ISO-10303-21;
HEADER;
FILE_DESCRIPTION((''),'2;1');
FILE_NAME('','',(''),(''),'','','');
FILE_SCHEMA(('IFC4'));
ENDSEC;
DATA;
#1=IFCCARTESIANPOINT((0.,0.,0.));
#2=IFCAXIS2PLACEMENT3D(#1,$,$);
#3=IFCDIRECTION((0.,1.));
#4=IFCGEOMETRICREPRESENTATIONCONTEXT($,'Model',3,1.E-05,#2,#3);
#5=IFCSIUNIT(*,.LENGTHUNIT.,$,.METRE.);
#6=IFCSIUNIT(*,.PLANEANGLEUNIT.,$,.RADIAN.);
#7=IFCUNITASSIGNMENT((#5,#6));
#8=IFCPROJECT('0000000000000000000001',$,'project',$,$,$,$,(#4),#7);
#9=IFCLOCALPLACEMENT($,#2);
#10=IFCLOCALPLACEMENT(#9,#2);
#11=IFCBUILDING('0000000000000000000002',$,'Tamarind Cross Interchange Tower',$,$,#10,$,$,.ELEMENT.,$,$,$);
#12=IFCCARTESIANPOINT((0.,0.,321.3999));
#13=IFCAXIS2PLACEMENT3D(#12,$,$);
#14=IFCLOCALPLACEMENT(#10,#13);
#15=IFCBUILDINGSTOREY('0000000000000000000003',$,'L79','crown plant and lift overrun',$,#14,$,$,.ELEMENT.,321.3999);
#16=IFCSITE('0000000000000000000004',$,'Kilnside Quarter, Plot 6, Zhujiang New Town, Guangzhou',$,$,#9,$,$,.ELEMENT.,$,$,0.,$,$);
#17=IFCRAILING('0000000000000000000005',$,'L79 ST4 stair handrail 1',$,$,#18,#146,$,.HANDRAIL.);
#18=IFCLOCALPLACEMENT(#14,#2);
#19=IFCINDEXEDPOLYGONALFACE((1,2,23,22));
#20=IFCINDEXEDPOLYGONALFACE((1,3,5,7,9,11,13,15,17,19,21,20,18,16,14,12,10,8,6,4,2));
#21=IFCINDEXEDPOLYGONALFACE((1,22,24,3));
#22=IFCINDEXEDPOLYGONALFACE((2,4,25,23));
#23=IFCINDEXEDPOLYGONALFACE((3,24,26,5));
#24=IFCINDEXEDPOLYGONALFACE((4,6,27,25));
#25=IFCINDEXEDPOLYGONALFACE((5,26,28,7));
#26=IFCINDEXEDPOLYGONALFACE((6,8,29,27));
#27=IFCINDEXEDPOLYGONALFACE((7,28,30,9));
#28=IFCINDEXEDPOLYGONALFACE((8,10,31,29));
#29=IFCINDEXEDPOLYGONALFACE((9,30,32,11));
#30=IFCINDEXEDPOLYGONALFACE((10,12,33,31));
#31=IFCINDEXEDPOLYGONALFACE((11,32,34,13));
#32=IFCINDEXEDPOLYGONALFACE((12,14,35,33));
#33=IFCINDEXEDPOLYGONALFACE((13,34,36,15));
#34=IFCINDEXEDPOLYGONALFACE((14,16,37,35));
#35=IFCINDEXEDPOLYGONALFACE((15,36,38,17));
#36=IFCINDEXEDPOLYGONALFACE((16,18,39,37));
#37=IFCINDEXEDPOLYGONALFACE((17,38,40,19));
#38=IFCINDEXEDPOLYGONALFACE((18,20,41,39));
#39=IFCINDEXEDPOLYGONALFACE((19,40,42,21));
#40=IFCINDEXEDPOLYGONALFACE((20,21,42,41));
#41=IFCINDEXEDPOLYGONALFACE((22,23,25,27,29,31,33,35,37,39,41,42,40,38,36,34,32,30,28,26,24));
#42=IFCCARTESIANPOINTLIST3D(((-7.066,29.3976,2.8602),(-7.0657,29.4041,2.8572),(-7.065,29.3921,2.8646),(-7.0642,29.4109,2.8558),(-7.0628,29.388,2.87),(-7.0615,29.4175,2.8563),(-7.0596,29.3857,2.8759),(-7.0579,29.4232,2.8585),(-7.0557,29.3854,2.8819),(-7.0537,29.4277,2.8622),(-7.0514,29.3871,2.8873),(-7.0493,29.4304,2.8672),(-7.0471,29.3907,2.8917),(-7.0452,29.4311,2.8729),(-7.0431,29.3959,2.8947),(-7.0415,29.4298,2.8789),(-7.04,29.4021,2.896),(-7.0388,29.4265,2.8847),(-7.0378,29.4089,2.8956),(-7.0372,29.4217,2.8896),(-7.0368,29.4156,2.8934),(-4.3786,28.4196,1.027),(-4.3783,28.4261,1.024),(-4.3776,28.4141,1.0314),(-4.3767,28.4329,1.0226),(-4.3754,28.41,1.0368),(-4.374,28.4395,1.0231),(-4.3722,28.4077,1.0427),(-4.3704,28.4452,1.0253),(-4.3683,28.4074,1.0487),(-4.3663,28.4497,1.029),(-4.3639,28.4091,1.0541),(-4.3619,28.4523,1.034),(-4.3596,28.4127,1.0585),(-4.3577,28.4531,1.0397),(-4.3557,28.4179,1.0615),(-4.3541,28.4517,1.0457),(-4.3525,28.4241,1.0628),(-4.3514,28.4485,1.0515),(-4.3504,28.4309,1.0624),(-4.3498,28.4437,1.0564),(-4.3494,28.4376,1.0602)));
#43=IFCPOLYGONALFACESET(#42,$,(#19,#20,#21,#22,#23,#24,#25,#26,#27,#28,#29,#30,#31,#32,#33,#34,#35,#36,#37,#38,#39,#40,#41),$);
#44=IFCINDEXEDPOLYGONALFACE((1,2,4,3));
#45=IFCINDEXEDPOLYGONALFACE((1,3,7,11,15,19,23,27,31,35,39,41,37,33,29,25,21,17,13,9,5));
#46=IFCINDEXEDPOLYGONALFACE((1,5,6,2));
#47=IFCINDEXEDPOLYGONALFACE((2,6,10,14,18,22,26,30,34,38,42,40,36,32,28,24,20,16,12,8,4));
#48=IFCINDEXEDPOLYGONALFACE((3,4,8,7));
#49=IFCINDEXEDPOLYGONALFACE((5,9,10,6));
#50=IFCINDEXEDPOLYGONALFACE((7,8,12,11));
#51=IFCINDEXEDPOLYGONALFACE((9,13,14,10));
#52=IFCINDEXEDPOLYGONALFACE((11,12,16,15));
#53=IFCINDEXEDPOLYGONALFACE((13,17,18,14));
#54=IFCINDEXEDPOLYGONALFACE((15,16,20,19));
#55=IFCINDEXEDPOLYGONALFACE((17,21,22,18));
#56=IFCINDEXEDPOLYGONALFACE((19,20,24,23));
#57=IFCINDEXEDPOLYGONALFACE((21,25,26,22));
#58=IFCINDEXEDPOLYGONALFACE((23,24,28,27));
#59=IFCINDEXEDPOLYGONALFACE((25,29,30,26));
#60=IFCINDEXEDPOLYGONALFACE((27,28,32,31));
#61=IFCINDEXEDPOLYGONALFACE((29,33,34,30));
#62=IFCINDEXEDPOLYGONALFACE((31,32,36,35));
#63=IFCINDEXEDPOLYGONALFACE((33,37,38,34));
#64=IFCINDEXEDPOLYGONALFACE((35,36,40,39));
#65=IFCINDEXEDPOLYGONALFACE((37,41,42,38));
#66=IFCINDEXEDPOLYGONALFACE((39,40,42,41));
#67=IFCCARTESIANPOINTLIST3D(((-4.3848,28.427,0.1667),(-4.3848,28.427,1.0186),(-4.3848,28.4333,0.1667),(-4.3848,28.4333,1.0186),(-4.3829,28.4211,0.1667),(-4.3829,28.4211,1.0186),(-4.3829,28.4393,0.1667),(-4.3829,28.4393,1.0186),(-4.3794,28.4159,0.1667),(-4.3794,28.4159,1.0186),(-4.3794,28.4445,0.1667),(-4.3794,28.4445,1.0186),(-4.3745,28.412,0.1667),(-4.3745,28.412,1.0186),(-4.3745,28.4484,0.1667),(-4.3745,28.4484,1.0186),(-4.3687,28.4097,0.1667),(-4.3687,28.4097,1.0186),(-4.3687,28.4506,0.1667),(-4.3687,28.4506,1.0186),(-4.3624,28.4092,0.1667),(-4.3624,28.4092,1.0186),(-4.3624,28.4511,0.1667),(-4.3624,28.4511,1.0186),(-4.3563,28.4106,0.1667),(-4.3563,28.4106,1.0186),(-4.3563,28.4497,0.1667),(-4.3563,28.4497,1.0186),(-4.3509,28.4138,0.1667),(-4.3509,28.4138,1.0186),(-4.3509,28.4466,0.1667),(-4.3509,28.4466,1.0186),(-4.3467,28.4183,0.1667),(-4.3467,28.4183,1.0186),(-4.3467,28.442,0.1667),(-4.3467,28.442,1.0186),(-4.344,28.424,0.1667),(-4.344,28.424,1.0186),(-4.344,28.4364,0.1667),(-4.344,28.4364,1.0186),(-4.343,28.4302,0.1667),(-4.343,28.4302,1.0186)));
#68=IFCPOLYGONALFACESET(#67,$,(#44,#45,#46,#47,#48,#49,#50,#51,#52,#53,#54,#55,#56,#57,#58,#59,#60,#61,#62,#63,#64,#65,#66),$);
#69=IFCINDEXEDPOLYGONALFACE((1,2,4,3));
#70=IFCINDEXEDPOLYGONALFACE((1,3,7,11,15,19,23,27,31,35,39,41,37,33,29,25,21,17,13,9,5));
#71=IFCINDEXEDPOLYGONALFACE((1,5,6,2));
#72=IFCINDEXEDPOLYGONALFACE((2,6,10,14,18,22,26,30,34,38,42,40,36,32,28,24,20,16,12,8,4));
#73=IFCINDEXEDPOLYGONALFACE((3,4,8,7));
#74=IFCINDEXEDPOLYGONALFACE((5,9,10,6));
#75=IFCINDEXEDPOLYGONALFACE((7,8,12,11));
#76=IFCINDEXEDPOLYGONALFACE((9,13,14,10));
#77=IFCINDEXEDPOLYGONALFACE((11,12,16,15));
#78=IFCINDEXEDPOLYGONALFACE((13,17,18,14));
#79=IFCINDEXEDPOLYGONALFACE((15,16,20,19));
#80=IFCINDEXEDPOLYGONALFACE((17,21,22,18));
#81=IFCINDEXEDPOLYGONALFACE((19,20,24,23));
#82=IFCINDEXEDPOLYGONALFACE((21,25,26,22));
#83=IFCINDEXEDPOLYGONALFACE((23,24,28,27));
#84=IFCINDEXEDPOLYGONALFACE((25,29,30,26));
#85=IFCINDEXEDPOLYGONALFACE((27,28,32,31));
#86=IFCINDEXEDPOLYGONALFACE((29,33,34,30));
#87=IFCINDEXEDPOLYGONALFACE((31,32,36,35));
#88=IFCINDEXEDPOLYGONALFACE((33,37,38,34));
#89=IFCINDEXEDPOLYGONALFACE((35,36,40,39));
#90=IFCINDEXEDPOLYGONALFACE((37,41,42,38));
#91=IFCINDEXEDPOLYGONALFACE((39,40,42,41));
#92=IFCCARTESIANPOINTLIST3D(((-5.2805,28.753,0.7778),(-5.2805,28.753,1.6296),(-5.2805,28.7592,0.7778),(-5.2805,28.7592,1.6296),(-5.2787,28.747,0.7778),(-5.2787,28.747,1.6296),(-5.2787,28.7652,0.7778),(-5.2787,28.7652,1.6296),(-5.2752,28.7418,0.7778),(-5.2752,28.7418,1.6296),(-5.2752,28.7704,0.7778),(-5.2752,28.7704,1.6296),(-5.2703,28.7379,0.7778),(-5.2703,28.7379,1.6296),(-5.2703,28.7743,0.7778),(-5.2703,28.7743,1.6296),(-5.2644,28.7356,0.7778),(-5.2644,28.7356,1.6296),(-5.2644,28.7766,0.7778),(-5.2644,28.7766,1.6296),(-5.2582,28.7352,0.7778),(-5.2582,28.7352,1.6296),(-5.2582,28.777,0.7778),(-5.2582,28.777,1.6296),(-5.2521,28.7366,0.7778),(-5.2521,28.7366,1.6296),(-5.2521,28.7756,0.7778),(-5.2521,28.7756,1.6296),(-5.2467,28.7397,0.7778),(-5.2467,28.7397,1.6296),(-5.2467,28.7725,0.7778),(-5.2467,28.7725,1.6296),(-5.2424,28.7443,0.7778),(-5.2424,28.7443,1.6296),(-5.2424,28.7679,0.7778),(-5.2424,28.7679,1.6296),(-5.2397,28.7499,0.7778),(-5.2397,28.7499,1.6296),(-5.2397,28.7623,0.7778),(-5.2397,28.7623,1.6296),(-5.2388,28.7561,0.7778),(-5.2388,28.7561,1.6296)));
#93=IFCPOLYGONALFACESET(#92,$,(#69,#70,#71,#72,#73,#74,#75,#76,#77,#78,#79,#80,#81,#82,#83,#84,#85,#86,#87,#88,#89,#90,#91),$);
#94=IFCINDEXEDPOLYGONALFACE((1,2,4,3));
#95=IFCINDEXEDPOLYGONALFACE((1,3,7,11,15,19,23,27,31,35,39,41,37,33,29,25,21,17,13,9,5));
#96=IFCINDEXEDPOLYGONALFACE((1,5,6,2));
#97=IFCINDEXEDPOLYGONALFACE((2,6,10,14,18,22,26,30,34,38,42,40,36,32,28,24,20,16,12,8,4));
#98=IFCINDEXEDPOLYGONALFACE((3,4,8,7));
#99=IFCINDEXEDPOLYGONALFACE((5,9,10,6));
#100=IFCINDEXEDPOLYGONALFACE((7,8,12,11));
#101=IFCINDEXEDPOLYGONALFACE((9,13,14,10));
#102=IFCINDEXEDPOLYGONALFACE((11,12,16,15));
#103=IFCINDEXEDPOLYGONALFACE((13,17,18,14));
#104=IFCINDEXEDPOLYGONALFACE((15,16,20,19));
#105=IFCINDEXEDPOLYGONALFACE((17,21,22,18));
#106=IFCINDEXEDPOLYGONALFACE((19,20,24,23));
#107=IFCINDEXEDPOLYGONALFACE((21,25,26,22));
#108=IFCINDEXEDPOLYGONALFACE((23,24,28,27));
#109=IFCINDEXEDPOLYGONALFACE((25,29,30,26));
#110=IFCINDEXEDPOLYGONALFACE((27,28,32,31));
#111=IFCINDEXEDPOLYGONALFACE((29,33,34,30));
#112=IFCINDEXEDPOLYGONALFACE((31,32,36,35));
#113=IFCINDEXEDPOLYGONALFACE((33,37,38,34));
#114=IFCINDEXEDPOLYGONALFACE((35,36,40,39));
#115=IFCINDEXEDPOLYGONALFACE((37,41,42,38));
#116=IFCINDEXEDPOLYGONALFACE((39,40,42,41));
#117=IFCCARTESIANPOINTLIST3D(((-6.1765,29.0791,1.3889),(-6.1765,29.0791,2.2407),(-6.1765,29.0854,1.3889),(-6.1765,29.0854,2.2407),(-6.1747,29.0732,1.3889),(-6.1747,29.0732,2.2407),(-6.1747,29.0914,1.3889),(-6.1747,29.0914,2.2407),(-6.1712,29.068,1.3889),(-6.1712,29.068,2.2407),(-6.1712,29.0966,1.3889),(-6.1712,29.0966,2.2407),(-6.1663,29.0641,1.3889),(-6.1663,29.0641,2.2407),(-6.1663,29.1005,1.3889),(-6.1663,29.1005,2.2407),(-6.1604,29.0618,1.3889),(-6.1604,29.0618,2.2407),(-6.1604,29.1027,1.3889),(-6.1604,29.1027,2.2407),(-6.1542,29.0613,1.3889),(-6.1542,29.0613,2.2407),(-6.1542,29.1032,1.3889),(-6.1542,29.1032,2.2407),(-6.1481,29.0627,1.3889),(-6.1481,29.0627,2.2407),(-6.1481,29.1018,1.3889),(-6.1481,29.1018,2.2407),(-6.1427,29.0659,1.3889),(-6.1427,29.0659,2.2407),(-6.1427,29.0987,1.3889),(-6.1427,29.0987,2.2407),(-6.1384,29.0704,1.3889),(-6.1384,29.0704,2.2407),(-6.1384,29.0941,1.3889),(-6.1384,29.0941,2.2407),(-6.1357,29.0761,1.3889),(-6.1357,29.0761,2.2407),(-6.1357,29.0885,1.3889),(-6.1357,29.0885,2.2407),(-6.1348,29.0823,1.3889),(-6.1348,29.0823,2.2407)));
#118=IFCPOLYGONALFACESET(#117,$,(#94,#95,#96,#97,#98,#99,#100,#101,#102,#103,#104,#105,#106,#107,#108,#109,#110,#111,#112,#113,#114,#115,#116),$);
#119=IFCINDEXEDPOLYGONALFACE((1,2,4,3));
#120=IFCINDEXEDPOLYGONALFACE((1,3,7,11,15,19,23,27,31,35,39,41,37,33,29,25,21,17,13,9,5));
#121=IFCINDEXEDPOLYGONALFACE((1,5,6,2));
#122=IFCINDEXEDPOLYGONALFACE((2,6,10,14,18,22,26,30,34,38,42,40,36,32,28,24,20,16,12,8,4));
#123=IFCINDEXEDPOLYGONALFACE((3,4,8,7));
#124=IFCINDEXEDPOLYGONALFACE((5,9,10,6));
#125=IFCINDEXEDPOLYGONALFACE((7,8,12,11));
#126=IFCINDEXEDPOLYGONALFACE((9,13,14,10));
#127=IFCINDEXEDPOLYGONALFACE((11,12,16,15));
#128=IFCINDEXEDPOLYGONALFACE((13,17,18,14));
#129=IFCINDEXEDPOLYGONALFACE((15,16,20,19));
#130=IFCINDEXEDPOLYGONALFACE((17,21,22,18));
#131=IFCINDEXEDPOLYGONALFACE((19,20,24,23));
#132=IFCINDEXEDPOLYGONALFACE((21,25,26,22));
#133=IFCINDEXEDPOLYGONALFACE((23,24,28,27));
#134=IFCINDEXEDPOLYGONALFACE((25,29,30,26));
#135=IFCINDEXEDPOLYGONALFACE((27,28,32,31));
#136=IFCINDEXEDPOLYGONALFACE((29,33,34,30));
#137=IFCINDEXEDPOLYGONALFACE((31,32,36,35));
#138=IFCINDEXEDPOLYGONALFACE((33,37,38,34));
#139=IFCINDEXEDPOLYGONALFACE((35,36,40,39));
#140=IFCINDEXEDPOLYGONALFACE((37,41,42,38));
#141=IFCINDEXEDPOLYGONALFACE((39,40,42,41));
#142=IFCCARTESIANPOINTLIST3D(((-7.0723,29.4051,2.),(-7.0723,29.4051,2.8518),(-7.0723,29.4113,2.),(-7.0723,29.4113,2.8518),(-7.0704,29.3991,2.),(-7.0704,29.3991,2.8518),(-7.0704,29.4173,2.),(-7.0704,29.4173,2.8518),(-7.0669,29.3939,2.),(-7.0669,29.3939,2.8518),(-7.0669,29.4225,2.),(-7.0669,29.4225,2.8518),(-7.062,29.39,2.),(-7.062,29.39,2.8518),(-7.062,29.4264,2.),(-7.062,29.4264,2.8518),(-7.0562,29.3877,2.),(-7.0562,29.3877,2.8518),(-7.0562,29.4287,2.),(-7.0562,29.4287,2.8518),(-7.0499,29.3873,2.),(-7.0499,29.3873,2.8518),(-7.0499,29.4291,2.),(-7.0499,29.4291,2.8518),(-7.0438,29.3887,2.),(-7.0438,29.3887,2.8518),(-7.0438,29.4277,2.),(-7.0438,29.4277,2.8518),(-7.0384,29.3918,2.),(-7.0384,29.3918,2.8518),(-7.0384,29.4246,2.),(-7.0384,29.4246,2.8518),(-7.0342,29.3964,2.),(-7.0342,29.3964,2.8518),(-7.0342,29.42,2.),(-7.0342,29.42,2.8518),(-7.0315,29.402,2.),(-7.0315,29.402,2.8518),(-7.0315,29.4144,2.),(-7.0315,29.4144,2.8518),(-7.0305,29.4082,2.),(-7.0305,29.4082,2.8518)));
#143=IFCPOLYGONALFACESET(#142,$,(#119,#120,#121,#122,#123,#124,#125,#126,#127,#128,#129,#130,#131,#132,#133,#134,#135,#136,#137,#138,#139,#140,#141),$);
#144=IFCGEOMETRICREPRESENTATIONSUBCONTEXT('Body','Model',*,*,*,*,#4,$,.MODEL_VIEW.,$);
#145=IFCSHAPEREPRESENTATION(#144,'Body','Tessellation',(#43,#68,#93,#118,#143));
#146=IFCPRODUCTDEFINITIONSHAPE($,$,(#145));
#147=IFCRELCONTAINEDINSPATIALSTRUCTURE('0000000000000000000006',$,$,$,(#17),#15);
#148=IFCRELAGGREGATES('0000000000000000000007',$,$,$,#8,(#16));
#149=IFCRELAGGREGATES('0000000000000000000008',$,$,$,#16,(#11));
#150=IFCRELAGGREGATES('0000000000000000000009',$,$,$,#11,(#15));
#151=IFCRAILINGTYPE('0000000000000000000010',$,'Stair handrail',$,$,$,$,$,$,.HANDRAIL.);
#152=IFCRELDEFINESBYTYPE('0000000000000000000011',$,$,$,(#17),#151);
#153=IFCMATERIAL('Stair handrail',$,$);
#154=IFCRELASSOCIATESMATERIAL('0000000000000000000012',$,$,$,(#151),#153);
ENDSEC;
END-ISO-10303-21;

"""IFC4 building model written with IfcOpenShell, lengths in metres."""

from ifc_helpers import new_model, si_unit, direction, frame, origin, origin_2d, place, context, subcontext, project, spatial, circle, extrude, material, type_object, element, save


model = new_model("IFC4")

# Units and contexts
model_context = context("Model", 3, precision=1e-05, world=origin(), true_north=direction((0.0, 1.0)))
body_context = subcontext(model_context, "Body", "Model", "MODEL_VIEW")
ifc_project = project(units=[si_unit("LENGTHUNIT", "METRE"), si_unit("PLANEANGLEUNIT", "RADIAN")], contexts=[model_context])

# Site, building, storey
site_placement = place(None, origin())
site = spatial("IfcSite", under=ifc_project, at=site_placement, Name="Kilnside Quarter, Plot 6, Zhujiang New Town, Guangzhou", CompositionType="ELEMENT", RefElevation=0.0)
building_placement = place(site_placement, origin())
building = spatial("IfcBuilding", under=site, at=building_placement, Name="Tamarind Cross Interchange Tower", CompositionType="ELEMENT")
storey_placement = place(building_placement, frame((0.0, 0.0, 321.3999)))
storey = spatial("IfcBuildingStorey", under=building, at=storey_placement, Name="L79", Description="crown plant and lift overrun", CompositionType="ELEMENT", Elevation=321.3999)

# Railing
ifc_material_1 = material(Name="Stair handrail")
railing_type_1 = type_object("IfcRailingType", Name="Stair handrail", PredefinedType="HANDRAIL", material=ifc_material_1)
railing_1_placement = place(storey_placement, frame((-4.364, 28.4302, 0.1667)))
element("IfcRailing", 1, at=railing_1_placement, inside=storey, type_object=railing_type_1, Name="L79 ST4 stair handrail 1", PredefinedType="HANDRAIL", context=body_context, shape_type="SweptSolid", body=[
    extrude(circle(Radius=0.0239, at=origin_2d()), frame((0.0, 0.0, 0.876), z_axis=(-0.791126, 0.287904, 0.539659), x_axis=(-0.341976, -0.939709, 0.0)), (0.0, 0.0, 1.0), 3.397),
    extrude(circle(Radius=0.021, at=origin_2d()), origin(), (0.0, 0.0, 1.0), 0.8518),
    extrude(circle(Radius=0.021, at=origin_2d()), frame((-0.8958, 0.3259, 0.6111)), (0.0, 0.0, 1.0), 0.8518),
    extrude(circle(Radius=0.021, at=origin_2d()), frame((-1.7917, 0.6521, 1.2222)), (0.0, 0.0, 1.0), 0.8518),
    extrude(circle(Radius=0.021, at=origin_2d()), frame((-2.6875, 0.978, 1.8333)), (0.0, 0.0, 1.0), 0.8518),
])

save(model, "model.ifc")
